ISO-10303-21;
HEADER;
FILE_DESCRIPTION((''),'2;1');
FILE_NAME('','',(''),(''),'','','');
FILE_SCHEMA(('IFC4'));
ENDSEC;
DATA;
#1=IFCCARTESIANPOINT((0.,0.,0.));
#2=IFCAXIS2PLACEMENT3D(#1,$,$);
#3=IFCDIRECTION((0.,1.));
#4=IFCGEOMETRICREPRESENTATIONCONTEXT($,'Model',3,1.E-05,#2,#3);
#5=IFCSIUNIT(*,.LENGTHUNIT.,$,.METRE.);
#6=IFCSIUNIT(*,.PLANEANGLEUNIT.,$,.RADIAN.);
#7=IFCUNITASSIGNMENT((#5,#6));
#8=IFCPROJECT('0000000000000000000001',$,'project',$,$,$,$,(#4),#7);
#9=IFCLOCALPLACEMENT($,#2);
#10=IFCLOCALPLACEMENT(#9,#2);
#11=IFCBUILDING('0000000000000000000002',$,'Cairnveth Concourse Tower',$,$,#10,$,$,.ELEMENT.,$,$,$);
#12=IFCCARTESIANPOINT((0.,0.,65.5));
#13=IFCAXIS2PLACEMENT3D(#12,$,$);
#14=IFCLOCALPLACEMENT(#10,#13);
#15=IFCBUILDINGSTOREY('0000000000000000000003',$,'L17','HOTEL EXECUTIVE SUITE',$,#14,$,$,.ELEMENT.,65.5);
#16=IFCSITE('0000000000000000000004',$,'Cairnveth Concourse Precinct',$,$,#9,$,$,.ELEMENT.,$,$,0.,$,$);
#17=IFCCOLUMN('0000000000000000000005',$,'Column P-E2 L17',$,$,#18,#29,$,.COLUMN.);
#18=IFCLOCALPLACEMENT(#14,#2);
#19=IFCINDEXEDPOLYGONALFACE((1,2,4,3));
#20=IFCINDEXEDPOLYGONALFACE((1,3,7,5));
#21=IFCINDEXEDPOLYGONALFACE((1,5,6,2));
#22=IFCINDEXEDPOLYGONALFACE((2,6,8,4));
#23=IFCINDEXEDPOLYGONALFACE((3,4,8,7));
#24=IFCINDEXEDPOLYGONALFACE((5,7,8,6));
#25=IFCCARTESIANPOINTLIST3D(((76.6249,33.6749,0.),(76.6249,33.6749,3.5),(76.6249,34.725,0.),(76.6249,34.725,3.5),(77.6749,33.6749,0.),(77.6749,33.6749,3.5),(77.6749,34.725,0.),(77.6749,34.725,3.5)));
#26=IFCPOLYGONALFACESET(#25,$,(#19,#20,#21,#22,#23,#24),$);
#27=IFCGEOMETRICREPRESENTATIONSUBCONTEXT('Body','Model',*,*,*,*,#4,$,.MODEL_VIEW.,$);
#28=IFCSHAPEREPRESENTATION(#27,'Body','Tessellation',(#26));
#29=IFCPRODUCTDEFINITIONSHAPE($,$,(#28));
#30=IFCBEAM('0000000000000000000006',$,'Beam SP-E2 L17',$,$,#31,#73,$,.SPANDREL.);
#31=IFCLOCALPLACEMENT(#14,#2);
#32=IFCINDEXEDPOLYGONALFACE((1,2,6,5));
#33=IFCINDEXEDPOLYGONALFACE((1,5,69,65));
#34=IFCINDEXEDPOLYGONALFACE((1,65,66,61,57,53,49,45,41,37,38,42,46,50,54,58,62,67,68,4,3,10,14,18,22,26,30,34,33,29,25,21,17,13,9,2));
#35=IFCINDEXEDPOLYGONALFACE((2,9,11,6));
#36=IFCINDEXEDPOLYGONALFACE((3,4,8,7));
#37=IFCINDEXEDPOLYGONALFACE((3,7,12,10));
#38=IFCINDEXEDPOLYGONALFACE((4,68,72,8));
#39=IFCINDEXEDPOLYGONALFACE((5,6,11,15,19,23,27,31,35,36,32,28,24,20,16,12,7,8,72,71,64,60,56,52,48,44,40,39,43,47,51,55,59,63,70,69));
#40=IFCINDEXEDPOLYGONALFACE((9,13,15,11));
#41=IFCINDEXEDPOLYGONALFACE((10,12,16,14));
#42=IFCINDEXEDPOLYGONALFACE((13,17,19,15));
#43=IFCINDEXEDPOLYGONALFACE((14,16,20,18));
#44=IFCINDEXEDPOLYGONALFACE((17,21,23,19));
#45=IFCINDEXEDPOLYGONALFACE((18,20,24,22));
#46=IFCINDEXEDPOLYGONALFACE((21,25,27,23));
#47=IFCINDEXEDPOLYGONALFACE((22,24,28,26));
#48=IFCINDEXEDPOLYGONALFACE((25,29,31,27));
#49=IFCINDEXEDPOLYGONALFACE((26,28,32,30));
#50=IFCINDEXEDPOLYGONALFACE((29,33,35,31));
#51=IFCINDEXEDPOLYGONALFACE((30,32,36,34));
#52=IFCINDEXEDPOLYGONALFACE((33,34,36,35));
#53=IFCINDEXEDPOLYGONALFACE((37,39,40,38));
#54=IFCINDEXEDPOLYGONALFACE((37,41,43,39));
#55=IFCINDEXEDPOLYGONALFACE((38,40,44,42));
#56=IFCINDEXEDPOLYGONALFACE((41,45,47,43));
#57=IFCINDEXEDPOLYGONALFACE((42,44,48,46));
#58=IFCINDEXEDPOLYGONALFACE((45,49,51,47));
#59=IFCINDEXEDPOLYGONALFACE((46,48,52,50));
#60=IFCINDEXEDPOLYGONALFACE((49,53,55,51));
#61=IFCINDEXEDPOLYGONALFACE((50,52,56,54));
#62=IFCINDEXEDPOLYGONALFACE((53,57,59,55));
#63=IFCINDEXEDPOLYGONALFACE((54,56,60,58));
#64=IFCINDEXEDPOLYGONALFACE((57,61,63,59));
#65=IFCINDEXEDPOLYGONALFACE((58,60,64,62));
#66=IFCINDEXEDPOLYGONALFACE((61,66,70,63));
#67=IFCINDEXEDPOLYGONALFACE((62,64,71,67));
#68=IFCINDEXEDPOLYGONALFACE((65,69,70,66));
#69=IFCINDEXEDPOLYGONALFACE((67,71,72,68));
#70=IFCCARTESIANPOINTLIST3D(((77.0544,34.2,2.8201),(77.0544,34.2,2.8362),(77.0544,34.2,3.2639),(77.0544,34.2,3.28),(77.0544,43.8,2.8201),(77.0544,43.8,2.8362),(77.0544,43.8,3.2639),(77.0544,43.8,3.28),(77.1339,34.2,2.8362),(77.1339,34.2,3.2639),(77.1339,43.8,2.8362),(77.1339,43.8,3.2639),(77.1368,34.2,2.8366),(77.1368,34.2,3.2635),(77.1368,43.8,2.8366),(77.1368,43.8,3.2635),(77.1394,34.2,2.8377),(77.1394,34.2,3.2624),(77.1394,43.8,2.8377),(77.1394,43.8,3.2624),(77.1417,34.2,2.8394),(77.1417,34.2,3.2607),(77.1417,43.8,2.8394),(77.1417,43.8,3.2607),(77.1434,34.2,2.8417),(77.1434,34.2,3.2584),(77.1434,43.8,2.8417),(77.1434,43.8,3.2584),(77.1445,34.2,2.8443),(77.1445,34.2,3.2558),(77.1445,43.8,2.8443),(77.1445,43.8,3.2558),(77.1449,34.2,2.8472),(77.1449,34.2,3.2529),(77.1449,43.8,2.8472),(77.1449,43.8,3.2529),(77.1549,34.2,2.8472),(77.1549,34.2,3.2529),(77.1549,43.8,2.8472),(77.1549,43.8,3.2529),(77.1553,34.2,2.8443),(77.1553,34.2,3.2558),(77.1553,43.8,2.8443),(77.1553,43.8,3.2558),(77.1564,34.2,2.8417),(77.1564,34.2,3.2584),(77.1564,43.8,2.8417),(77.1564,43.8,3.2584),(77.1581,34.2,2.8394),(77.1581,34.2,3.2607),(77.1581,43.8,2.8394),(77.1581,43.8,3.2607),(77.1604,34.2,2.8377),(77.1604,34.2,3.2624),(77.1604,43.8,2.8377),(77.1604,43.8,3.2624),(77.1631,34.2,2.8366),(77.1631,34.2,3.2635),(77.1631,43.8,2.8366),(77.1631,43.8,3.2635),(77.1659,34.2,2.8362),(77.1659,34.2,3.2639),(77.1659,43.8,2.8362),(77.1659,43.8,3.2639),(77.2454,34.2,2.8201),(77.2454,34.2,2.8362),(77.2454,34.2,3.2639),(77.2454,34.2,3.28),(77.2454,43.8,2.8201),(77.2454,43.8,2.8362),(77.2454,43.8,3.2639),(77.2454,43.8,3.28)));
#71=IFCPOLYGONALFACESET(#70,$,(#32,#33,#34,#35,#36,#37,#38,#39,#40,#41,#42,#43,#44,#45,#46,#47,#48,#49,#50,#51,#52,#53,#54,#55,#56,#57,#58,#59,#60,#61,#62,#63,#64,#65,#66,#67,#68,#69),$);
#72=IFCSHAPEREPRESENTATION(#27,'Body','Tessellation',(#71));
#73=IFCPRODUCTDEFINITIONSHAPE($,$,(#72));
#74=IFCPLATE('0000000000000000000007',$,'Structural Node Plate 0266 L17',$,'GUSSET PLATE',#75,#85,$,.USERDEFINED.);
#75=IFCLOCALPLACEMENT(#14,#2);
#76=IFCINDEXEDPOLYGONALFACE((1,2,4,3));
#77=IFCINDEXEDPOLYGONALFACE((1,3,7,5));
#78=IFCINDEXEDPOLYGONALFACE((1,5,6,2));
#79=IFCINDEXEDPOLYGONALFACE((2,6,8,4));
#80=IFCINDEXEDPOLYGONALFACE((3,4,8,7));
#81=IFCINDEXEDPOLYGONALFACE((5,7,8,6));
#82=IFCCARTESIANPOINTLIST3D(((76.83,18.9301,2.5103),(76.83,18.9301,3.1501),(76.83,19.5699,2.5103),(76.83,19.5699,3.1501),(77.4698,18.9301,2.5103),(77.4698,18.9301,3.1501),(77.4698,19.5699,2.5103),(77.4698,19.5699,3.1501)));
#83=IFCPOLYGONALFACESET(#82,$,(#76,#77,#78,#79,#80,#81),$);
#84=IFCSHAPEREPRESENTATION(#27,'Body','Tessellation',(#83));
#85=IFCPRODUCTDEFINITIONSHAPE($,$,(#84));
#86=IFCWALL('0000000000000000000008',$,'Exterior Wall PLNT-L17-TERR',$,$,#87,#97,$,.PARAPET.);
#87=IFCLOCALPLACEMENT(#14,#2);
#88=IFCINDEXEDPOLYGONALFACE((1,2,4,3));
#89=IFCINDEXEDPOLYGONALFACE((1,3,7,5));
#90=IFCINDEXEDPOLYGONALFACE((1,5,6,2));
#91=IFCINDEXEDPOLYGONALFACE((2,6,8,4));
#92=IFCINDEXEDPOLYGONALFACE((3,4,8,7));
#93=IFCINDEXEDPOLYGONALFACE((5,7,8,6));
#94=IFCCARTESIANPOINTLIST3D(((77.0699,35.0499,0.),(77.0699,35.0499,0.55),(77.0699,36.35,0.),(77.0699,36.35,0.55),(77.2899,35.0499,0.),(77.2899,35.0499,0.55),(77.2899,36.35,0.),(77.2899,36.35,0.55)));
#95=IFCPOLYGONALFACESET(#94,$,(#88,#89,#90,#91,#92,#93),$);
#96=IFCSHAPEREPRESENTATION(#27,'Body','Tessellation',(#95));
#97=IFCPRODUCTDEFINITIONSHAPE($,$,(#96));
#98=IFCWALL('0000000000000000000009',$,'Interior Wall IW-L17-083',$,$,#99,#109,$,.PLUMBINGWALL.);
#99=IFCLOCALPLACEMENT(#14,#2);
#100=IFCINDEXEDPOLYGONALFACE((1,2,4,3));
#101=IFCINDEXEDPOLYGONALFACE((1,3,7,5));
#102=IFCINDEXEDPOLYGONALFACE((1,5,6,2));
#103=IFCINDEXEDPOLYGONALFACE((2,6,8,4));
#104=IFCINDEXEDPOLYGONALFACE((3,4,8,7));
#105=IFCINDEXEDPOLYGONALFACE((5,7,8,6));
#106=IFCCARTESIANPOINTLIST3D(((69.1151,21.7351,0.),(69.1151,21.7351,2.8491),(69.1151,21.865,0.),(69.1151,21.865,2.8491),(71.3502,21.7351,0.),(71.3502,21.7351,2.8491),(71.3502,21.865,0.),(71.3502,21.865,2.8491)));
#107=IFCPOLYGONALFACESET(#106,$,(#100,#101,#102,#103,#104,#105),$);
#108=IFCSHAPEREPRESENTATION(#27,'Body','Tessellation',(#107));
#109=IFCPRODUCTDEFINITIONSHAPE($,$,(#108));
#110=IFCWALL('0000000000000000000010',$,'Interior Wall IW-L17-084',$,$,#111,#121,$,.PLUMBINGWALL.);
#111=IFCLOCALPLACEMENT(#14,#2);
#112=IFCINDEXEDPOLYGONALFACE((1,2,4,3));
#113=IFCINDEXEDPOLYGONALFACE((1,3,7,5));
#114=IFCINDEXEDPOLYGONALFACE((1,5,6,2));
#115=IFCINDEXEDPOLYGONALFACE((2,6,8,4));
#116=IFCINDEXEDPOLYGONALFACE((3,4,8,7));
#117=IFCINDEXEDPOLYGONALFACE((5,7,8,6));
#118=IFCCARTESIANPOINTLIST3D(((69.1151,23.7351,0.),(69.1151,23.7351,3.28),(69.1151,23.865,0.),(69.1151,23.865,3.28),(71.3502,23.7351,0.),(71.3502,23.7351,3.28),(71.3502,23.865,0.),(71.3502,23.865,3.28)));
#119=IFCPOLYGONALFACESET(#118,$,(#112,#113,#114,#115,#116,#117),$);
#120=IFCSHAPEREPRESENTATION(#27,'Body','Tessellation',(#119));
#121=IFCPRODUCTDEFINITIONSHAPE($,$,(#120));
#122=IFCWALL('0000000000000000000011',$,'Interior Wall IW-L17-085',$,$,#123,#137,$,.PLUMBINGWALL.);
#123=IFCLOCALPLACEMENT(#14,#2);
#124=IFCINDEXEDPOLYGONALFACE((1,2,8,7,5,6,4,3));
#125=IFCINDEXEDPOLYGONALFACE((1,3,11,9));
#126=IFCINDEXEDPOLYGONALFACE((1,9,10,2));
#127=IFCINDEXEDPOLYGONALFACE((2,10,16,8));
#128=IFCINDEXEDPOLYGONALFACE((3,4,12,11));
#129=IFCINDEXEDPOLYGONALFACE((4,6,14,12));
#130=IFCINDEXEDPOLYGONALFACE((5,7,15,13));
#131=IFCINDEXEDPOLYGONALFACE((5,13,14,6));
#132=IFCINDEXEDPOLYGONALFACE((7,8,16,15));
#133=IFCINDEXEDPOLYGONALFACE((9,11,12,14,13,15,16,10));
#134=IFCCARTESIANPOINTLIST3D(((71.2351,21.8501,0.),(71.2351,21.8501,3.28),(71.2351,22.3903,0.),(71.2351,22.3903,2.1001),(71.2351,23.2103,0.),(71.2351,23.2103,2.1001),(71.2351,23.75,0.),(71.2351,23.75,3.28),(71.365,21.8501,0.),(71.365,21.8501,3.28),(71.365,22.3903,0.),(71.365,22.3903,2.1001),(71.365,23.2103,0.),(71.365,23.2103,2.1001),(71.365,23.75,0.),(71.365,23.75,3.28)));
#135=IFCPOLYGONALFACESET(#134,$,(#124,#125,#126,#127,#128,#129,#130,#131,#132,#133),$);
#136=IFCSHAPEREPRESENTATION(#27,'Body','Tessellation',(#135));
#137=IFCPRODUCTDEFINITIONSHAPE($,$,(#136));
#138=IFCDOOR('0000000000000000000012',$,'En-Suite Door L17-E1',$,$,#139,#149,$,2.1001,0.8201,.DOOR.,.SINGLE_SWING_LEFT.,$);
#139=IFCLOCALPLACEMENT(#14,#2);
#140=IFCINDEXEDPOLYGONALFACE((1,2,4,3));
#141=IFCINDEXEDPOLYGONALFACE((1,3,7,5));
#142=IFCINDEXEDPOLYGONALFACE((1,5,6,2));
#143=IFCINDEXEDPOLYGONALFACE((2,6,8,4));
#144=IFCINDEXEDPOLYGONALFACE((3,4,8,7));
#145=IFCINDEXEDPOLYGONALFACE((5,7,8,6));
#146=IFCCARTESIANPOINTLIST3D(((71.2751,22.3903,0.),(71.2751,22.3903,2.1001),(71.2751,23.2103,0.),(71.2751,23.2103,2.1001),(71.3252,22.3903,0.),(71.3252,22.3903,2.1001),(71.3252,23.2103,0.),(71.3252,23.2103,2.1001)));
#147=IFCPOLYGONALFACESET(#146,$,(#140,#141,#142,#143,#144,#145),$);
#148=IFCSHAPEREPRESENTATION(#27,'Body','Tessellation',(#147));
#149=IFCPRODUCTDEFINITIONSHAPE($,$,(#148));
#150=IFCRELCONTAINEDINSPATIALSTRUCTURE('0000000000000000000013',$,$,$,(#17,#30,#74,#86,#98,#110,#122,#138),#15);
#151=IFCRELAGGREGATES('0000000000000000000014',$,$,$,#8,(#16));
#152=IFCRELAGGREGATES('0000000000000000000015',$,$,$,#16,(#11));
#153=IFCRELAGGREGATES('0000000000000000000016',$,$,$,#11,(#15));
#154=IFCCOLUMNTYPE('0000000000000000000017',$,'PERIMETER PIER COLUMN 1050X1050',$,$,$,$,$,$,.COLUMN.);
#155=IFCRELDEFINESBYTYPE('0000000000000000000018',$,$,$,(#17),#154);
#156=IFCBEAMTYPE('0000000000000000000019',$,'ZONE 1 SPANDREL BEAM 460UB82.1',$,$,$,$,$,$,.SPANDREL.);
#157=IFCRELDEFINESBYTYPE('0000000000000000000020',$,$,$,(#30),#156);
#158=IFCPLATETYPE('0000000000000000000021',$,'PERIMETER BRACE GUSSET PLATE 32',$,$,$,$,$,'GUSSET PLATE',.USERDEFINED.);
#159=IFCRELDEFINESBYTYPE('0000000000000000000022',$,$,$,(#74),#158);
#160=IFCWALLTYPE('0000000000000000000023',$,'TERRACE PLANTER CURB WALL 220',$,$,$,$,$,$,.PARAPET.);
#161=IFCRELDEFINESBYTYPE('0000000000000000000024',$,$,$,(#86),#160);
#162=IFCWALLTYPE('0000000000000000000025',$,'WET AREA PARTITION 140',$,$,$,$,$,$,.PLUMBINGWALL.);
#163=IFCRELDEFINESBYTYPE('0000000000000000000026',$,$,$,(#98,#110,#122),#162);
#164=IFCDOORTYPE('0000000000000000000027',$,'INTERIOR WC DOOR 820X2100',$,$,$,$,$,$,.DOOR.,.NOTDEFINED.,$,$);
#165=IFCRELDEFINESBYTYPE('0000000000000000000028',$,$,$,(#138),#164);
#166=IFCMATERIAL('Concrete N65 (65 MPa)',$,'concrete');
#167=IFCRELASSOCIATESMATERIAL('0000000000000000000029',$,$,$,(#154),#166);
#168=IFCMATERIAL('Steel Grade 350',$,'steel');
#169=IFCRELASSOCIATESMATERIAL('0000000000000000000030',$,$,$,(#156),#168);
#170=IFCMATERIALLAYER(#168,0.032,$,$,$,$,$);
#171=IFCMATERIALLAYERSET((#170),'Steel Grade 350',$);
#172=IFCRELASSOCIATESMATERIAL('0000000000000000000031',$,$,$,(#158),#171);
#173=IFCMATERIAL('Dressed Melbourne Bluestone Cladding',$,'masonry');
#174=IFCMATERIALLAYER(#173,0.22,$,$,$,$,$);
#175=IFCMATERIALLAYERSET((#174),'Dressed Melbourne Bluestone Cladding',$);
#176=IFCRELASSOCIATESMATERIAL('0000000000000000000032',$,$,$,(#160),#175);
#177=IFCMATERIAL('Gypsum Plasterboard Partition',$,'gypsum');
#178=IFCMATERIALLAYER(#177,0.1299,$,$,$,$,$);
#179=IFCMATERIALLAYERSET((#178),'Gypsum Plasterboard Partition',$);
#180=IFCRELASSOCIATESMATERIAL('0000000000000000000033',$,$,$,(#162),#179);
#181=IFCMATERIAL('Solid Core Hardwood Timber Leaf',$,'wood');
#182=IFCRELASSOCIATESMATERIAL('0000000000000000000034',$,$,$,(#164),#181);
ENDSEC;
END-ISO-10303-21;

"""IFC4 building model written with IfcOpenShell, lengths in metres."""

from ifc_helpers import new_model, si_unit, direction, frame, frame_2d, origin, origin_2d, place, context, subcontext, project, spatial, rectangle, i_section, extrude, material, layer, layer_set, material_profile, profile_set, type_object, element, fill, save


model = new_model("IFC4")

# Units and contexts
model_context = context("Model", 3, precision=1e-05, world=origin(), true_north=direction((0.0, 1.0)))
body_context = subcontext(model_context, "Body", "Model", "MODEL_VIEW")
ifc_project = project(units=[si_unit("LENGTHUNIT", "METRE"), si_unit("PLANEANGLEUNIT", "RADIAN")], contexts=[model_context])

# Site, building, storey
site_placement = place(None, origin())
site = spatial("IfcSite", under=ifc_project, at=site_placement, Name="Cairnveth Concourse Precinct", CompositionType="ELEMENT", RefElevation=0.0)
building_placement = place(site_placement, origin())
building = spatial("IfcBuilding", under=site, at=building_placement, Name="Cairnveth Concourse Tower", CompositionType="ELEMENT")
storey_placement = place(building_placement, frame((0.0, 0.0, 65.5)))
storey = spatial("IfcBuildingStorey", under=building, at=storey_placement, Name="L17", Description="HOTEL EXECUTIVE SUITE", CompositionType="ELEMENT", Elevation=65.5)

# Column
ifc_material_1 = material(Name="Concrete N65 (65 MPa)", Category="concrete")
ifc_material_profile_1 = material_profile(ifc_material_1, rectangle(XDim=1.05, YDim=1.05, at=origin_2d()), Name="RC-COL-1050x1050")
ifc_profile_set_1 = profile_set([ifc_material_profile_1], Name="Concrete N65 (65 MPa)")
column_type = type_object("IfcColumnType", Name="PERIMETER PIER COLUMN 1050X1050", PredefinedType="COLUMN", material=ifc_profile_set_1)
column_placement = place(storey_placement, frame((77.1499, 34.2, 0.0), z_axis=(0.0, 0.0, 1.0), x_axis=(0.0, 1.0, 0.0)))
element("IfcColumn", 1, at=column_placement, inside=storey, type_object=column_type, Name="Column P-E2 L17", PredefinedType="COLUMN", context=body_context, shape_type="SweptSolid", body=[
    extrude(rectangle(XDim=1.05, YDim=1.05, at=origin_2d()), origin(), (0.0, 0.0, 1.0), 3.5),
])

# Beam
ifc_material_2 = material(Name="Steel Grade 350", Category="steel")
ifc_material_profile_2 = material_profile(ifc_material_2, i_section(OverallWidth=0.1909, OverallDepth=0.46, WebThickness=0.01, FlangeThickness=0.0161, FilletRadius=0.011, at=origin_2d()), Name="460UB82.1")
ifc_profile_set_2 = profile_set([ifc_material_profile_2], Name="Steel Grade 350")
beam_type = type_object("IfcBeamType", Name="ZONE 1 SPANDREL BEAM 460UB82.1", PredefinedType="SPANDREL", material=ifc_profile_set_2)
beam_placement = place(storey_placement, frame((77.1499, 34.2, 3.05), z_axis=(0.0, 1.0, 0.0), x_axis=(-1.0, 0.0, 0.0)))
element("IfcBeam", 2, at=beam_placement, inside=storey, type_object=beam_type, Name="Beam SP-E2 L17", PredefinedType="SPANDREL", context=body_context, shape_type="SweptSolid", body=[
    extrude(i_section(OverallWidth=0.1909, OverallDepth=0.46, WebThickness=0.01, FlangeThickness=0.0161, FilletRadius=0.011, at=origin_2d()), origin(), (0.0, 0.0, 1.0), 9.6001),
])

# Plate
ifc_layer_1 = layer(ifc_material_2, 0.032)
ifc_layer_set_1 = layer_set([ifc_layer_1], Name="Steel Grade 350")
plate_type = type_object("IfcPlateType", Name="PERIMETER BRACE GUSSET PLATE 32", ElementType="GUSSET PLATE", PredefinedType="USERDEFINED", material=ifc_layer_set_1)
plate_placement = place(storey_placement, frame((77.1499, 19.25, 2.5103), z_axis=(0.0, 0.0, 1.0), x_axis=(1.0, 0.0, 0.0)))
element("IfcPlate", 3, at=plate_placement, inside=storey, type_object=plate_type, Name="Structural Node Plate 0266 L17", ObjectType="GUSSET PLATE", PredefinedType="USERDEFINED", context=body_context, shape_type="SweptSolid", body=[
    extrude(rectangle(XDim=0.6399, YDim=0.6399, at=origin_2d()), origin(), (0.0, 0.0, 1.0), 0.6399),
])

# Walls
ifc_material_3 = material(Name="Dressed Melbourne Bluestone Cladding", Category="masonry")
ifc_layer_2 = layer(ifc_material_3, 0.22)
ifc_layer_set_2 = layer_set([ifc_layer_2], Name="Dressed Melbourne Bluestone Cladding")
wall_type_1 = type_object("IfcWallType", Name="TERRACE PLANTER CURB WALL 220", PredefinedType="PARAPET", material=ifc_layer_set_2)
wall_1_placement = place(storey_placement, frame((77.1799, 35.05, 0.0), z_axis=(0.0, 0.0, 1.0), x_axis=(0.0, 1.0, 0.0)))
element("IfcWall", 4, at=wall_1_placement, inside=storey, type_object=wall_type_1, Name="Exterior Wall PLNT-L17-TERR", PredefinedType="PARAPET", context=body_context, shape_type="SweptSolid", body=[
    extrude(rectangle(XDim=1.3, YDim=0.22, at=frame_2d((0.6499, 0.0))), origin(), (0.0, 0.0, 1.0), 0.55),
])
ifc_material_4 = material(Name="Gypsum Plasterboard Partition", Category="gypsum")
ifc_layer_3 = layer(ifc_material_4, 0.1299)
ifc_layer_set_3 = layer_set([ifc_layer_3], Name="Gypsum Plasterboard Partition")
wall_type_2 = type_object("IfcWallType", Name="WET AREA PARTITION 140", PredefinedType="PLUMBINGWALL", material=ifc_layer_set_3)
wall_2_placement = place(storey_placement, frame((69.115, 21.8, 0.0), z_axis=(0.0, 0.0, 1.0), x_axis=(1.0, 0.0, 0.0)))
element("IfcWall", 5, at=wall_2_placement, inside=storey, type_object=wall_type_2, Name="Interior Wall IW-L17-083", PredefinedType="PLUMBINGWALL", context=body_context, shape_type="SweptSolid", body=[
    extrude(rectangle(XDim=2.2351, YDim=0.1299, at=frame_2d((1.1177, 0.0))), origin(), (0.0, 0.0, 1.0), 2.8491),
])
wall_3_placement = place(storey_placement, frame((69.115, 23.8, 0.0), z_axis=(0.0, 0.0, 1.0), x_axis=(1.0, 0.0, 0.0)))
element("IfcWall", 6, at=wall_3_placement, inside=storey, type_object=wall_type_2, Name="Interior Wall IW-L17-084", PredefinedType="PLUMBINGWALL", context=body_context, shape_type="SweptSolid", body=[
    extrude(rectangle(XDim=2.2351, YDim=0.1299, at=frame_2d((1.1177, 0.0))), origin(), (0.0, 0.0, 1.0), 3.28),
])

# Wall, opening, door
wall_4_placement = place(storey_placement, frame((71.3, 21.8501, 0.0), z_axis=(0.0, 0.0, 1.0), x_axis=(0.0, 1.0, 0.0)))
wall_4 = element("IfcWall", 7, at=wall_4_placement, inside=storey, type_object=wall_type_2, Name="Interior Wall IW-L17-085", PredefinedType="PLUMBINGWALL", context=body_context, shape_type="SweptSolid", body=[
    extrude(rectangle(XDim=1.8999, YDim=0.1299, at=frame_2d((0.95, 0.0))), origin(), (0.0, 0.0, 1.0), 3.28),
])
opening_1_placement = place(wall_4_placement, frame((0.54, 0.0, 0.0)))
opening_1 = element("IfcOpeningElement", 8, at=opening_1_placement, cuts=wall_4, PredefinedType="OPENING", context=body_context, shape_type="SweptSolid", body=[
    extrude(rectangle(XDim=0.8201, YDim=2.1001, at=frame_2d((0.4102, 1.05))), frame((0.0, 0.075, 0.0), z_axis=(0.0, -1.0, 0.0), x_axis=(1.0, 0.0, 0.0)), (0.0, 0.0, 1.0), 0.1499),
])
ifc_material_5 = material(Name="Solid Core Hardwood Timber Leaf", Category="wood")
door_type = type_object("IfcDoorType", Name="INTERIOR WC DOOR 820X2100", OperationType="NOTDEFINED", PredefinedType="DOOR", material=ifc_material_5)
door_placement = place(opening_1_placement, origin())
door = element("IfcDoor", 9, at=door_placement, inside=storey, type_object=door_type, Name="En-Suite Door L17-E1", OperationType="SINGLE_SWING_LEFT", OverallHeight=2.1001, OverallWidth=0.8201, PredefinedType="DOOR", context=body_context, shape_type="SweptSolid", body=[
    extrude(rectangle(XDim=0.8201, YDim=2.1001, at=frame_2d((0.4102, 1.05))), frame((0.0, 0.0249, 0.0), z_axis=(0.0, -1.0, 0.0), x_axis=(1.0, 0.0, 0.0)), (0.0, 0.0, 1.0), 0.05),
])
fill(opening_1, door)

save(model, "model.ifc")
